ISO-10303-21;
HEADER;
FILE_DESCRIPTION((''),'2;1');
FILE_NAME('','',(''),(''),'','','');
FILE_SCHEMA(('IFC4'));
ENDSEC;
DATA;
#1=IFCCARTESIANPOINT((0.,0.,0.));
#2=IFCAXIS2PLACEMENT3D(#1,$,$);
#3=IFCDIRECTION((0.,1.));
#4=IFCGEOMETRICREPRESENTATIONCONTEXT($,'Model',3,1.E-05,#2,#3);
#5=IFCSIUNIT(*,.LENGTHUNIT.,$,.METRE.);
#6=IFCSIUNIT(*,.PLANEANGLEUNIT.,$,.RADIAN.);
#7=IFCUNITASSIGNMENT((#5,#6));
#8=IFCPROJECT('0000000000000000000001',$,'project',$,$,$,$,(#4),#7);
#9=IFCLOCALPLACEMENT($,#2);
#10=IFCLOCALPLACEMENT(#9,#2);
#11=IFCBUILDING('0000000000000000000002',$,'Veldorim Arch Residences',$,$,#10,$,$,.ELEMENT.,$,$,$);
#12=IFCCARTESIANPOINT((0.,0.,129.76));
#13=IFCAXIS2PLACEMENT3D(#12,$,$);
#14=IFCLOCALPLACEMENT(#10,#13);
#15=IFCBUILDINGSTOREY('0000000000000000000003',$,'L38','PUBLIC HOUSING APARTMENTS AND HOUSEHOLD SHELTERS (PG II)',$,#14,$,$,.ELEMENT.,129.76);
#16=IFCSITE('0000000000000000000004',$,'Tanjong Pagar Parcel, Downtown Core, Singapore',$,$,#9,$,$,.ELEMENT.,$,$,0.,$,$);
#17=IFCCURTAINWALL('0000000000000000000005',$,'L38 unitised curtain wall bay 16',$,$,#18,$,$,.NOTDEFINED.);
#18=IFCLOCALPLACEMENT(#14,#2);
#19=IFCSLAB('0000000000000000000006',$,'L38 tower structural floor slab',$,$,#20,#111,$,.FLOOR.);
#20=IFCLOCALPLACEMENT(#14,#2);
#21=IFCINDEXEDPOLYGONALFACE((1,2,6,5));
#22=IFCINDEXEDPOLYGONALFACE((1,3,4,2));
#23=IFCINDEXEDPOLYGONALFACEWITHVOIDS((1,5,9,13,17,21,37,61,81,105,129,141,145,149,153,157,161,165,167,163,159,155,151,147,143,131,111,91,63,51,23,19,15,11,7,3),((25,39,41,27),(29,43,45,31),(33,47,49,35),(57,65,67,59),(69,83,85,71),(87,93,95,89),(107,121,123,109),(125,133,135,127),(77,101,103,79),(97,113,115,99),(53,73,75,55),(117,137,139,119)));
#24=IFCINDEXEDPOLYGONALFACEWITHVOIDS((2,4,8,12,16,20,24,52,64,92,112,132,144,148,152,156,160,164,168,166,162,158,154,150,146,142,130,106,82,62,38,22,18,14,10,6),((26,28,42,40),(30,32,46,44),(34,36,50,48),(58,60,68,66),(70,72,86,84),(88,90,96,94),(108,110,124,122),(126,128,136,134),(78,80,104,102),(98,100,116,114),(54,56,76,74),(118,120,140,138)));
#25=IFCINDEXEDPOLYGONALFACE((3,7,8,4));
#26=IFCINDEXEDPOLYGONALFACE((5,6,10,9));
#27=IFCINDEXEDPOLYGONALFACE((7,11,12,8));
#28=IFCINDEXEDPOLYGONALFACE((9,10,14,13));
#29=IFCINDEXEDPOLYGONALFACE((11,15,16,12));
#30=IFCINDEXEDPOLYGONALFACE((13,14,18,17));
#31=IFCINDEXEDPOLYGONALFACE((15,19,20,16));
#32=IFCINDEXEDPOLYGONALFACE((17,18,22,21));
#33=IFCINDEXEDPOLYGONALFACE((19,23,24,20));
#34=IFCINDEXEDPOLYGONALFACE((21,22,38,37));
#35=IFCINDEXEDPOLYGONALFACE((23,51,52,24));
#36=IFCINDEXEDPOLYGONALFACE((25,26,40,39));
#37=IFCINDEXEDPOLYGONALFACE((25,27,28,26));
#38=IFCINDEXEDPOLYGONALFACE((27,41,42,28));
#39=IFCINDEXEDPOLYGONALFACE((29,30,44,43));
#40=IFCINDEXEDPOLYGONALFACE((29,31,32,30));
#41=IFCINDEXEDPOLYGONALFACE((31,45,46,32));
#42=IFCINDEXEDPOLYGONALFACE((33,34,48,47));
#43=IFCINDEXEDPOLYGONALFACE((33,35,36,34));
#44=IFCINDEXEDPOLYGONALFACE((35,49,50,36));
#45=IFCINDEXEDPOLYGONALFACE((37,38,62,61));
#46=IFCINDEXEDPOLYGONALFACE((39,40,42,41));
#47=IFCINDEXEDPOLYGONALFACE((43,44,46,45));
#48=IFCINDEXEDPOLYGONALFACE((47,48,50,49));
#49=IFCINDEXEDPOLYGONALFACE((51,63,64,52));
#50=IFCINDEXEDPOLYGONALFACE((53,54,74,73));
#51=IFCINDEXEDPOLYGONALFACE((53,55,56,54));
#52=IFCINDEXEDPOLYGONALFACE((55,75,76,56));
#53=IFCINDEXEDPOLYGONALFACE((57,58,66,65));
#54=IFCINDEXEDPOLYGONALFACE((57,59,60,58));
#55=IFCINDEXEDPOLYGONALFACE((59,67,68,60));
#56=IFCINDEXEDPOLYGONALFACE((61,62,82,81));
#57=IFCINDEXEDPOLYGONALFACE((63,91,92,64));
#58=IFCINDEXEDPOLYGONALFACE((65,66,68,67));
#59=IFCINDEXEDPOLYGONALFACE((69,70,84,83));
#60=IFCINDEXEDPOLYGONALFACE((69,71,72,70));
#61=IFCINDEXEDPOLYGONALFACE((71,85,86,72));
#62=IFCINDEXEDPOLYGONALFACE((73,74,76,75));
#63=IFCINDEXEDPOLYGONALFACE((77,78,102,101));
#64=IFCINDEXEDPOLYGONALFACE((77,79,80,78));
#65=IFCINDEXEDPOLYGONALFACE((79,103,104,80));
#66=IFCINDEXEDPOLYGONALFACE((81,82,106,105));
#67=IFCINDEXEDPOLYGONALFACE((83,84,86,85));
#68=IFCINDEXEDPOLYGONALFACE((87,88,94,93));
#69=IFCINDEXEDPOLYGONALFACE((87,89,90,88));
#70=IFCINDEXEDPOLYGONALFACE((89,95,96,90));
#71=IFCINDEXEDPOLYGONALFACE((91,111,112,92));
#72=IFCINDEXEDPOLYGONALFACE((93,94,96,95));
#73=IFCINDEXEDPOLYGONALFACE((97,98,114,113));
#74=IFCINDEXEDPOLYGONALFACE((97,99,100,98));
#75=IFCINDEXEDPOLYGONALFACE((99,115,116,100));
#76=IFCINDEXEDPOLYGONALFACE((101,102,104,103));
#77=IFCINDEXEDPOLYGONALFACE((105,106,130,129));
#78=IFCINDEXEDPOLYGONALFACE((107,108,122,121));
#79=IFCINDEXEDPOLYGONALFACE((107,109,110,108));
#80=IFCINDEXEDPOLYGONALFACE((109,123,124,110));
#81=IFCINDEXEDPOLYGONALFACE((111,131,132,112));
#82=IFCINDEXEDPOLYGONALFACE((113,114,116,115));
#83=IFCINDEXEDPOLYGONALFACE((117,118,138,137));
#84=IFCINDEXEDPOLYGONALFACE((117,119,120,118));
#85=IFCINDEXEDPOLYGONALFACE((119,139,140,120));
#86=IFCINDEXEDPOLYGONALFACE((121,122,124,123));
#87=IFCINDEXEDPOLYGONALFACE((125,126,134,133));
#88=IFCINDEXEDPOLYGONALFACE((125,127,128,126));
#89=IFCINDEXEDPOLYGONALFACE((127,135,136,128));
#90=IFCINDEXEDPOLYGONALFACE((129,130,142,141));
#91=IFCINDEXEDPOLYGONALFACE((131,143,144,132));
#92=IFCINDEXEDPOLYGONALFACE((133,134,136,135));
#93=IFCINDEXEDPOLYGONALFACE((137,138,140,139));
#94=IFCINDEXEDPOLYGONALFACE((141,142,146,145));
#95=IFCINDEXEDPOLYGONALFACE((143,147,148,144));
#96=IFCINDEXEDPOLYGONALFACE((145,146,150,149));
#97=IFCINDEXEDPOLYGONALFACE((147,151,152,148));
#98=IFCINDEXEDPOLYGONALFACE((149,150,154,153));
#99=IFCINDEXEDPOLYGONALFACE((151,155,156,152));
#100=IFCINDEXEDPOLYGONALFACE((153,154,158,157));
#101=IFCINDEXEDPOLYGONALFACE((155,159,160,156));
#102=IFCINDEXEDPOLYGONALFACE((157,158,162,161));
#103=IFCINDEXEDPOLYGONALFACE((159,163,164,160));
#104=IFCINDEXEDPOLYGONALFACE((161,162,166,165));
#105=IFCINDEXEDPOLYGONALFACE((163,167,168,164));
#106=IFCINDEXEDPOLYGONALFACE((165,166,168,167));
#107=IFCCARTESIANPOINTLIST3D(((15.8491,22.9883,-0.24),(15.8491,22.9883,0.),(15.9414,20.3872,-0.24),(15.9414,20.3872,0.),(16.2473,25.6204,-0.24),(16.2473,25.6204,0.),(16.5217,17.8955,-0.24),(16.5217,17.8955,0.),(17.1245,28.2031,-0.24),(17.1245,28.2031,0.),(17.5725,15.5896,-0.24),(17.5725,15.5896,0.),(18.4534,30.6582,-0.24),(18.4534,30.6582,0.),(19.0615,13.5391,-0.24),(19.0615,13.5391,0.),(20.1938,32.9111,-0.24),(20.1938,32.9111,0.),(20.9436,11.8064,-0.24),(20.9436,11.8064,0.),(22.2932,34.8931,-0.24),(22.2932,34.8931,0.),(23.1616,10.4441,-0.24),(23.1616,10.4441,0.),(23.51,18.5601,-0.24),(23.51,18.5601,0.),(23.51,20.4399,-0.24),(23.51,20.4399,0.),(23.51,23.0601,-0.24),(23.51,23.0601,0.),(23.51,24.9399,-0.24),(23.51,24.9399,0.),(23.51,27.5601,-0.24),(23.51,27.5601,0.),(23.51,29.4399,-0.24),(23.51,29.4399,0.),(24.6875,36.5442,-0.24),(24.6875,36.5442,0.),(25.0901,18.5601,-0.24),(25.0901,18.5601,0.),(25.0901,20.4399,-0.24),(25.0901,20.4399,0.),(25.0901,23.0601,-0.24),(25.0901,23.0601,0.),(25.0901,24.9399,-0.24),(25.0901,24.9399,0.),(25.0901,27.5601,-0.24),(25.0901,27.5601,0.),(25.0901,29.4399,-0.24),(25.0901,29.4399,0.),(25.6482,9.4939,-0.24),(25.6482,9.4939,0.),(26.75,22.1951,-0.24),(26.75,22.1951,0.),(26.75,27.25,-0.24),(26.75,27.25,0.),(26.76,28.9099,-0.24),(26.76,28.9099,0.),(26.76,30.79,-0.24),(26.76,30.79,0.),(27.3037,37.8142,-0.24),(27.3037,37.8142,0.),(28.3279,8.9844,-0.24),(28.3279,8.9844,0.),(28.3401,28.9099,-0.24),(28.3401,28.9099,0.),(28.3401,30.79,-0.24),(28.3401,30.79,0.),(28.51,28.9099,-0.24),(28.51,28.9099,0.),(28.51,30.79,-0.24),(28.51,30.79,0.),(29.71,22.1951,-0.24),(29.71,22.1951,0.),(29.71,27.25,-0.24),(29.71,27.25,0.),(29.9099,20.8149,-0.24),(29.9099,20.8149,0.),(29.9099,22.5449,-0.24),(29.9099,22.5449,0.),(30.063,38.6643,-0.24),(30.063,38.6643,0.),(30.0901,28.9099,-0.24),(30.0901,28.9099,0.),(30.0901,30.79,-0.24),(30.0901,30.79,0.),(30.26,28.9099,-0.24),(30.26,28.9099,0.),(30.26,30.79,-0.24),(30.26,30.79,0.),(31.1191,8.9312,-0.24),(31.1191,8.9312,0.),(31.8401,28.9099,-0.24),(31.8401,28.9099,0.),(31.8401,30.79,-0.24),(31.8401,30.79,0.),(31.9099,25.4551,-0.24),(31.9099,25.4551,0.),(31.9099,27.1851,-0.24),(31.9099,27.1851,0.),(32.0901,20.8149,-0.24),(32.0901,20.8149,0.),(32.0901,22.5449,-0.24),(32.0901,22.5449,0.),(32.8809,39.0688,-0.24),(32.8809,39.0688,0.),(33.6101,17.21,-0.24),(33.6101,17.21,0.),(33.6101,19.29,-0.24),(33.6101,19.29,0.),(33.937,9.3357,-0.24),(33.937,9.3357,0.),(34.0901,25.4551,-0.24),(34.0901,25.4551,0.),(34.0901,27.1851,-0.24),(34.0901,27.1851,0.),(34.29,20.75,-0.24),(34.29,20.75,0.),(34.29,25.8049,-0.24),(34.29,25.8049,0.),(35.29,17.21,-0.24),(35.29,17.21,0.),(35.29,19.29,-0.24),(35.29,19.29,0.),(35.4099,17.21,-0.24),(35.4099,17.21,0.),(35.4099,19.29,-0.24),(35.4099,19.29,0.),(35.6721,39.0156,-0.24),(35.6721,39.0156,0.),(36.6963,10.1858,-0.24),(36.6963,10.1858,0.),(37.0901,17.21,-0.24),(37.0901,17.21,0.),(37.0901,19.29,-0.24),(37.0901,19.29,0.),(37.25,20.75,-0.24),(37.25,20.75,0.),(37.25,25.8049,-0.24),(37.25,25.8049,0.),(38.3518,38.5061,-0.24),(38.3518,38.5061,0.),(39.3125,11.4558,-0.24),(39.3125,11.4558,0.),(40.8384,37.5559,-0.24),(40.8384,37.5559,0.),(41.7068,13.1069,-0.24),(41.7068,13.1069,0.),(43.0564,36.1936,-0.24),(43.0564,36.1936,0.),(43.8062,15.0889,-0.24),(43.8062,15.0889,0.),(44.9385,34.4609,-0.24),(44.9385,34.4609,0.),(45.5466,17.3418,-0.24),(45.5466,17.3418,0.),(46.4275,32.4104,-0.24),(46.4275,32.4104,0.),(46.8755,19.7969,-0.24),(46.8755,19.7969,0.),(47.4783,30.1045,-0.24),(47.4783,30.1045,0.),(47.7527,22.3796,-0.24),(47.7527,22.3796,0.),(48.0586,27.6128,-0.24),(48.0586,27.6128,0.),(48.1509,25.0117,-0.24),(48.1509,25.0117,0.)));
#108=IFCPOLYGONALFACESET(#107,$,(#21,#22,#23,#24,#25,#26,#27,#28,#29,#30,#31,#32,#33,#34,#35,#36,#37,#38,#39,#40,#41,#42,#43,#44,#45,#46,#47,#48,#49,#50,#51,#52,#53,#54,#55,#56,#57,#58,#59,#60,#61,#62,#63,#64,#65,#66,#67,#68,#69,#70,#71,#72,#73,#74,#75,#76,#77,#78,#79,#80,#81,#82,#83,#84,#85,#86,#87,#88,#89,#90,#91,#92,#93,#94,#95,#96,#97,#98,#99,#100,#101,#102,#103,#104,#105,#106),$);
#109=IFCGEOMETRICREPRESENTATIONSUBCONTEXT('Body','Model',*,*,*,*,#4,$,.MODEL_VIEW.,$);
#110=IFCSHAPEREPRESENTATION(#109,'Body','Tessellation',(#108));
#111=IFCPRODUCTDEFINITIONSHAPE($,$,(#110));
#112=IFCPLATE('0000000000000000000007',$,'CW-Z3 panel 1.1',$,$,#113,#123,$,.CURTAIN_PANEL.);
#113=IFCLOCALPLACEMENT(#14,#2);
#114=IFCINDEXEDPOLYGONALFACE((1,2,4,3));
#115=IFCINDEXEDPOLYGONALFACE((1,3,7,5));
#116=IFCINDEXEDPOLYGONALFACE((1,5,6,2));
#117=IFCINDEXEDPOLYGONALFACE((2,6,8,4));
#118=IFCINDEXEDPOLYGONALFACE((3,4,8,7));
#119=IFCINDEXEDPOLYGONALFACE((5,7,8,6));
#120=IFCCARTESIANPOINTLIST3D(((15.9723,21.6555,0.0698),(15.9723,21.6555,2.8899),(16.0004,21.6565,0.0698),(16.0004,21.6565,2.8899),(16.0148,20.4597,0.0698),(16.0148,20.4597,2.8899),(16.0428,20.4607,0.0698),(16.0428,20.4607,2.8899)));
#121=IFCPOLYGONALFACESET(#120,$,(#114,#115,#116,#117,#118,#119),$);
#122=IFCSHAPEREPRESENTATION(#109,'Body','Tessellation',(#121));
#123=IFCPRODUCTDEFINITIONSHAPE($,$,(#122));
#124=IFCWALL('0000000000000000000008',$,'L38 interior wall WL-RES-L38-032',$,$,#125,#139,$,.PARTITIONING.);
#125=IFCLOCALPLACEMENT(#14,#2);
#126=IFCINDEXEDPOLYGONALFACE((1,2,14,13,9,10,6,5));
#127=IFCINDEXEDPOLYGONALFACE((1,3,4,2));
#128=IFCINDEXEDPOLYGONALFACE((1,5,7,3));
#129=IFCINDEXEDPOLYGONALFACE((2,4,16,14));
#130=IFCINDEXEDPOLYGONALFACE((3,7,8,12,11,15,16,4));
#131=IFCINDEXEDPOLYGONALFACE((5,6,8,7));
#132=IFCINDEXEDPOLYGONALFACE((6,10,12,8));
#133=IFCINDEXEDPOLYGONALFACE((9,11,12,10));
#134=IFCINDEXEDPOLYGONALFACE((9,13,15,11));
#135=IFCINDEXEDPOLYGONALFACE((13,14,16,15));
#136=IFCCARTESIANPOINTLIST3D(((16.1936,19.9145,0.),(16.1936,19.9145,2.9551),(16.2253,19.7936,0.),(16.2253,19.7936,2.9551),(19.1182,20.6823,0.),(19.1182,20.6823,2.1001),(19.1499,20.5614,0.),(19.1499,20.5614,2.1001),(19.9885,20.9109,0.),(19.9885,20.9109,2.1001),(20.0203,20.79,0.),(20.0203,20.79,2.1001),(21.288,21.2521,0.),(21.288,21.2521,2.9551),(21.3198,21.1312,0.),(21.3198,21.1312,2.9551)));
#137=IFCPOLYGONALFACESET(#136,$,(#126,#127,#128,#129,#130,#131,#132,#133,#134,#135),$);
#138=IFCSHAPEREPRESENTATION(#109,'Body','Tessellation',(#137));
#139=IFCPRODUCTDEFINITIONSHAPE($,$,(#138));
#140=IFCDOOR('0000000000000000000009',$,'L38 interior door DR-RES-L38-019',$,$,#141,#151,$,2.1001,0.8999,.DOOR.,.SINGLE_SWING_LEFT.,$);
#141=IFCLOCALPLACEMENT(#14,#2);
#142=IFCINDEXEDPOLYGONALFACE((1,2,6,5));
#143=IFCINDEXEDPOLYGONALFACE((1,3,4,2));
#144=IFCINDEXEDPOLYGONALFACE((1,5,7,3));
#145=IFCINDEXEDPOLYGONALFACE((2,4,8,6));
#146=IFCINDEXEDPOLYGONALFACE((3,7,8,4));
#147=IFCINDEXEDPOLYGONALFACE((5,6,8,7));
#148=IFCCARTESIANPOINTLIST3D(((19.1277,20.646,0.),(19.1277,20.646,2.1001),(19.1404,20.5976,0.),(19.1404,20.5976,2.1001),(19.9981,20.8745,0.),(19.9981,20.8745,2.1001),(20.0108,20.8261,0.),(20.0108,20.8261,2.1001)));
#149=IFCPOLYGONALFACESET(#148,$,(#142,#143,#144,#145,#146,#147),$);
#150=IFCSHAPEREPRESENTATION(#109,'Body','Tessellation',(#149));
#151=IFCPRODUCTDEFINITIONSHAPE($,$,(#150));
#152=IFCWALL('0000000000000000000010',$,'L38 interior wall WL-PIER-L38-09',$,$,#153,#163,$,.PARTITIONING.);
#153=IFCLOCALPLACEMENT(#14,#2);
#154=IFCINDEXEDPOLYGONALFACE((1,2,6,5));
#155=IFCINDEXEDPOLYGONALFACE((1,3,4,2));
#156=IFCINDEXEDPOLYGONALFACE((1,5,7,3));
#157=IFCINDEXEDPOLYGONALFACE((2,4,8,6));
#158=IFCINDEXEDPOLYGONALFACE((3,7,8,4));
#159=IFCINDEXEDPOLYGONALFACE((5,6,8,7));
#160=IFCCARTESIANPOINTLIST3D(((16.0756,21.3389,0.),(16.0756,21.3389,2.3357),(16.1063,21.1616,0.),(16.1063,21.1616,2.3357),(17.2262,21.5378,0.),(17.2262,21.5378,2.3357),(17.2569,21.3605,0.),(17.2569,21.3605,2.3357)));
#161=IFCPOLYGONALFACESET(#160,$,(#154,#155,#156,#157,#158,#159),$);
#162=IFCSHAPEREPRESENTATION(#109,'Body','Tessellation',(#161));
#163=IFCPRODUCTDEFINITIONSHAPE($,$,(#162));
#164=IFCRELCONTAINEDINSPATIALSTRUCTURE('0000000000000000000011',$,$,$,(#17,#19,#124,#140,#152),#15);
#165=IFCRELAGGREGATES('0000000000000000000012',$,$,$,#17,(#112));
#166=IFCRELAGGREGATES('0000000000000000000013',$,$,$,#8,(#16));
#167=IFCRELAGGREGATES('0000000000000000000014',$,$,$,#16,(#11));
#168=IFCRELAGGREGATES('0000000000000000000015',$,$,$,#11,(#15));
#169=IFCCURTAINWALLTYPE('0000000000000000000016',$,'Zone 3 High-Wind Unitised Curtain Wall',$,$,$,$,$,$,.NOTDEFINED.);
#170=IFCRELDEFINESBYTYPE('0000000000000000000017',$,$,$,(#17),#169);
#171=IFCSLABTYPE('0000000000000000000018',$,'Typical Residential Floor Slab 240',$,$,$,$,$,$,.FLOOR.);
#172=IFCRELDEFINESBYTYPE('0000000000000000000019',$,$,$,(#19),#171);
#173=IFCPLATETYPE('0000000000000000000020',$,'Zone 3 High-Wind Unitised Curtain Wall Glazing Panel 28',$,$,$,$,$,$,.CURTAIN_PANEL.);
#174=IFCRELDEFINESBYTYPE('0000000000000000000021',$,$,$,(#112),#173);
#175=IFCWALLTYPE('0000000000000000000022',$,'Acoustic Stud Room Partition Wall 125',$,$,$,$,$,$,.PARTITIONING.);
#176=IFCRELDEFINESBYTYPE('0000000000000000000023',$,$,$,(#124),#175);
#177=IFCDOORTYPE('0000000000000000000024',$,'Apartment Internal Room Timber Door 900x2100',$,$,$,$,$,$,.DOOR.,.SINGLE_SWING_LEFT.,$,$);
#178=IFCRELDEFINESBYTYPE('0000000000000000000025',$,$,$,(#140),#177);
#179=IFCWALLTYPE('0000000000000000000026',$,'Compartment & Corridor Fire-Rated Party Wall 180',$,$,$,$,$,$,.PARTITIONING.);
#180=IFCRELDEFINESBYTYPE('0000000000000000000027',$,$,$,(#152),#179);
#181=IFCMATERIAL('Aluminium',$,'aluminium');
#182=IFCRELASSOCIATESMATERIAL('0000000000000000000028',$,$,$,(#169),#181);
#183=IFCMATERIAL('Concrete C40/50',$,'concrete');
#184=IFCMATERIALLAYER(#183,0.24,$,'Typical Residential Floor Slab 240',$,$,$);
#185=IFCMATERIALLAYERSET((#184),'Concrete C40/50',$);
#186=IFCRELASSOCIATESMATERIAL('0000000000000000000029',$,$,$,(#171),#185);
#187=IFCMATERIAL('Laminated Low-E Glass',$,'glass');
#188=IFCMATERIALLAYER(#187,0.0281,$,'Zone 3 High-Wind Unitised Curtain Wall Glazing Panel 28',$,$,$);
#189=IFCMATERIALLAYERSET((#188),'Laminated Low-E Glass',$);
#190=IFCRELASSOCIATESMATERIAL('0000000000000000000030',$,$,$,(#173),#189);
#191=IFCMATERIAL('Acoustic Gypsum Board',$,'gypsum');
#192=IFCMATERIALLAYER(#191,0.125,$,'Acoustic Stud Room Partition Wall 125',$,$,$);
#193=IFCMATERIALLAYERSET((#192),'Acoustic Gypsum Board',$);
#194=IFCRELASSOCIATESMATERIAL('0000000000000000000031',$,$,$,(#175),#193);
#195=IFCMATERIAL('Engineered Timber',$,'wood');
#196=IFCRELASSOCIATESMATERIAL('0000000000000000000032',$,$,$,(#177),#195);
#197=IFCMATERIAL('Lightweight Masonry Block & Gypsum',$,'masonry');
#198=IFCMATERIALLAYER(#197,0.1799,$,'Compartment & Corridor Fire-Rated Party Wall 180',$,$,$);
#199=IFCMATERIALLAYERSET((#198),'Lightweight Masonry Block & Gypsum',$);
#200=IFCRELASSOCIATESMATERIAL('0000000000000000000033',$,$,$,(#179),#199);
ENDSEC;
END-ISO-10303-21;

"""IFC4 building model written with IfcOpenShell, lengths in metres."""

from ifc_helpers import new_model, si_unit, direction, frame, frame_2d, origin, origin_2d, place, context, subcontext, project, spatial, polyline, rectangle, outline, extrude, material, layer, layer_set, type_object, element, fill, aggregate, save


model = new_model("IFC4")

# Units and contexts
model_context = context("Model", 3, precision=1e-05, world=origin(), true_north=direction((0.0, 1.0)))
body_context = subcontext(model_context, "Body", "Model", "MODEL_VIEW")
ifc_project = project(units=[si_unit("LENGTHUNIT", "METRE"), si_unit("PLANEANGLEUNIT", "RADIAN")], contexts=[model_context])

# Site, building, storey
site_placement = place(None, origin())
site = spatial("IfcSite", under=ifc_project, at=site_placement, Name="Tanjong Pagar Parcel, Downtown Core, Singapore", CompositionType="ELEMENT", RefElevation=0.0)
building_placement = place(site_placement, origin())
building = spatial("IfcBuilding", under=site, at=building_placement, Name="Veldorim Arch Residences", CompositionType="ELEMENT")
storey_placement = place(building_placement, frame((0.0, 0.0, 129.76)))
storey = spatial("IfcBuildingStorey", under=building, at=storey_placement, Name="L38", Description="PUBLIC HOUSING APARTMENTS AND HOUSEHOLD SHELTERS (PG II)", CompositionType="ELEMENT", Elevation=129.76)

# Curtain wall
ifc_material_1 = material(Name="Aluminium", Category="aluminium")
curtain_wall_type = type_object("IfcCurtainWallType", Name="Zone 3 High-Wind Unitised Curtain Wall", PredefinedType="NOTDEFINED", material=ifc_material_1)
curtain_wall_placement = place(storey_placement, origin())
curtain_wall = element("IfcCurtainWall", 1, at=curtain_wall_placement, inside=storey, type_object=curtain_wall_type, Name="L38 unitised curtain wall bay 16", PredefinedType="NOTDEFINED")

# Slab
ifc_material_2 = material(Name="Concrete C40/50", Category="concrete")
ifc_layer_1 = layer(ifc_material_2, 0.24, Name="Typical Residential Floor Slab 240")
ifc_layer_set_1 = layer_set([ifc_layer_1], Name="Concrete C40/50")
slab_type_1 = type_object("IfcSlabType", Name="Typical Residential Floor Slab 240", PredefinedType="FLOOR", material=ifc_layer_set_1)
slab_1_placement = place(storey_placement, frame((0.0, 0.0, -0.24)))
element("IfcSlab", 2, at=slab_1_placement, inside=storey, type_object=slab_type_1, Name="L38 tower structural floor slab", PredefinedType="FLOOR", context=body_context, shape_type="SweptSolid", body=[
    extrude(outline(polyline([(46.4275, 32.4104), (44.9385, 34.4609), (43.0564, 36.1936), (40.8384, 37.5559), (38.3518, 38.5061), (35.6721, 39.0156), (32.8809, 39.0688), (30.063, 38.6643), (27.3037, 37.8142), (24.6875, 36.5442), (22.2932, 34.8931), (20.1938, 32.9111), (18.4534, 30.6582), (17.1245, 28.2031), (16.2473, 25.6204), (15.8491, 22.9883), (15.9414, 20.3872), (16.5217, 17.8955), (17.5725, 15.5896), (19.0615, 13.5391), (20.9436, 11.8064), (23.1616, 10.4441), (25.6482, 9.4939), (28.3279, 8.9844), (31.1191, 8.9312), (33.937, 9.3357), (36.6963, 10.1858), (39.3125, 11.4558), (41.7068, 13.1069), (43.8062, 15.0889), (45.5466, 17.3418), (46.8755, 19.7969), (47.7527, 22.3796), (48.1509, 25.0117), (48.0586, 27.6128), (47.4783, 30.1045), (46.4275, 32.4104)]), holes=[polyline([(23.51, 18.5601), (23.51, 20.4399), (25.0901, 20.4399), (25.0901, 18.5601), (23.51, 18.5601)]), polyline([(23.51, 24.9399), (25.0901, 24.9399), (25.0901, 23.0601), (23.51, 23.0601), (23.51, 24.9399)]), polyline([(26.75, 27.25), (29.71, 27.25), (29.71, 22.1951), (26.75, 22.1951), (26.75, 27.25)]), polyline([(23.51, 27.5601), (23.51, 29.4399), (25.0901, 29.4399), (25.0901, 27.5601), (23.51, 27.5601)]), polyline([(26.76, 30.79), (28.3401, 30.79), (28.3401, 28.9099), (26.76, 28.9099), (26.76, 30.79)]), polyline([(28.51, 30.79), (30.0901, 30.79), (30.0901, 28.9099), (28.51, 28.9099), (28.51, 30.79)]), polyline([(33.6101, 17.21), (33.6101, 19.29), (35.29, 19.29), (35.29, 17.21), (33.6101, 17.21)]), polyline([(35.4099, 19.29), (37.0901, 19.29), (37.0901, 17.21), (35.4099, 17.21), (35.4099, 19.29)]), polyline([(29.9099, 22.5449), (32.0901, 22.5449), (32.0901, 20.8149), (29.9099, 20.8149), (29.9099, 22.5449)]), polyline([(34.29, 20.75), (34.29, 25.8049), (37.25, 25.8049), (37.25, 20.75), (34.29, 20.75)]), polyline([(31.9099, 27.1851), (34.0901, 27.1851), (34.0901, 25.4551), (31.9099, 25.4551), (31.9099, 27.1851)]), polyline([(30.26, 30.79), (31.8401, 30.79), (31.8401, 28.9099), (30.26, 28.9099), (30.26, 30.79)])]), origin(), (0.0, 0.0, 1.0), 0.24),
])

# Plate
ifc_material_3 = material(Name="Laminated Low-E Glass", Category="glass")
ifc_layer_2 = layer(ifc_material_3, 0.0281, Name="Zone 3 High-Wind Unitised Curtain Wall Glazing Panel 28")
ifc_layer_set_2 = layer_set([ifc_layer_2], Name="Laminated Low-E Glass")
plate_type = type_object("IfcPlateType", Name="Zone 3 High-Wind Unitised Curtain Wall Glazing Panel 28", PredefinedType="CURTAIN_PANEL", material=ifc_layer_set_2)
plate_placement = place(storey_placement, frame((16.0076, 21.0581, 0.0698), z_axis=(0.0, 0.0, 1.0), x_axis=(-0.035498, 0.99937, 0.0)))
plate = element("IfcPlate", 3, at=plate_placement, type_object=plate_type, Name="CW-Z3 panel 1.1", PredefinedType="CURTAIN_PANEL", context=body_context, shape_type="SweptSolid", body=[
    extrude(rectangle(XDim=1.1965, YDim=0.0281, at=origin_2d()), origin(), (0.0, 0.0, 1.0), 2.8201),
])
aggregate(curtain_wall, [plate])

# Wall, opening, door
ifc_material_4 = material(Name="Acoustic Gypsum Board", Category="gypsum")
ifc_layer_3 = layer(ifc_material_4, 0.125, Name="Acoustic Stud Room Partition Wall 125")
ifc_layer_set_3 = layer_set([ifc_layer_3], Name="Acoustic Gypsum Board")
wall_type_1 = type_object("IfcWallType", Name="Acoustic Stud Room Partition Wall 125", PredefinedType="PARTITIONING", material=ifc_layer_set_3)
wall_1_placement = place(storey_placement, frame((16.2095, 19.854, 0.0), z_axis=(0.0, 0.0, 1.0), x_axis=(0.967215, 0.253959, 0.0)))
wall_1 = element("IfcWall", 4, at=wall_1_placement, inside=storey, type_object=wall_type_1, Name="L38 interior wall WL-RES-L38-032", PredefinedType="PARTITIONING", context=body_context, shape_type="SweptSolid", body=[
    extrude(rectangle(XDim=5.2671, YDim=0.125, at=frame_2d((2.6335, 0.0))), origin(), (0.0, 0.0, 1.0), 2.9551),
])
opening_1_placement = place(wall_1_placement, frame((3.0237, 0.0, 0.0)))
opening_1 = element("IfcOpeningElement", 5, at=opening_1_placement, cuts=wall_1, PredefinedType="OPENING", context=body_context, shape_type="SweptSolid", body=[
    extrude(rectangle(XDim=0.8999, YDim=2.1001, at=frame_2d((0.45, 1.05))), frame((0.0, 0.0725, 0.0), z_axis=(0.0, -1.0, 0.0), x_axis=(1.0, 0.0, 0.0)), (0.0, 0.0, 1.0), 0.145),
])
ifc_material_5 = material(Name="Engineered Timber", Category="wood")
door_type = type_object("IfcDoorType", Name="Apartment Internal Room Timber Door 900x2100", OperationType="SINGLE_SWING_LEFT", PredefinedType="DOOR", material=ifc_material_5)
door_placement = place(opening_1_placement, origin())
door = element("IfcDoor", 6, at=door_placement, inside=storey, type_object=door_type, Name="L38 interior door DR-RES-L38-019", OperationType="SINGLE_SWING_LEFT", OverallHeight=2.1001, OverallWidth=0.8999, PredefinedType="DOOR", context=body_context, shape_type="SweptSolid", body=[
    extrude(rectangle(XDim=0.8999, YDim=2.1001, at=frame_2d((0.45, 1.05))), frame((0.0, 0.0249, 0.0), z_axis=(0.0, -1.0, 0.0), x_axis=(1.0, 0.0, 0.0)), (0.0, 0.0, 1.0), 0.05),
])
fill(opening_1, door)

# Wall
ifc_material_6 = material(Name="Lightweight Masonry Block & Gypsum", Category="masonry")
ifc_layer_4 = layer(ifc_material_6, 0.1799, Name="Compartment & Corridor Fire-Rated Party Wall 180")
ifc_layer_set_4 = layer_set([ifc_layer_4], Name="Lightweight Masonry Block & Gypsum")
wall_type_2 = type_object("IfcWallType", Name="Compartment & Corridor Fire-Rated Party Wall 180", PredefinedType="PARTITIONING", material=ifc_layer_set_4)
wall_2_placement = place(storey_placement, frame((17.2417, 21.4492, 0.0), z_axis=(0.0, 0.0, 1.0), x_axis=(-0.985375, -0.170397, 0.0)))
element("IfcWall", 7, at=wall_2_placement, inside=storey, type_object=wall_type_2, Name="L38 interior wall WL-PIER-L38-09", PredefinedType="PARTITIONING", context=body_context, shape_type="SweptSolid", body=[
    extrude(rectangle(XDim=1.1677, YDim=0.1799, at=frame_2d((0.584, 0.0))), origin(), (0.0, 0.0, 1.0), 2.3357),
])

save(model, "model.ifc")
